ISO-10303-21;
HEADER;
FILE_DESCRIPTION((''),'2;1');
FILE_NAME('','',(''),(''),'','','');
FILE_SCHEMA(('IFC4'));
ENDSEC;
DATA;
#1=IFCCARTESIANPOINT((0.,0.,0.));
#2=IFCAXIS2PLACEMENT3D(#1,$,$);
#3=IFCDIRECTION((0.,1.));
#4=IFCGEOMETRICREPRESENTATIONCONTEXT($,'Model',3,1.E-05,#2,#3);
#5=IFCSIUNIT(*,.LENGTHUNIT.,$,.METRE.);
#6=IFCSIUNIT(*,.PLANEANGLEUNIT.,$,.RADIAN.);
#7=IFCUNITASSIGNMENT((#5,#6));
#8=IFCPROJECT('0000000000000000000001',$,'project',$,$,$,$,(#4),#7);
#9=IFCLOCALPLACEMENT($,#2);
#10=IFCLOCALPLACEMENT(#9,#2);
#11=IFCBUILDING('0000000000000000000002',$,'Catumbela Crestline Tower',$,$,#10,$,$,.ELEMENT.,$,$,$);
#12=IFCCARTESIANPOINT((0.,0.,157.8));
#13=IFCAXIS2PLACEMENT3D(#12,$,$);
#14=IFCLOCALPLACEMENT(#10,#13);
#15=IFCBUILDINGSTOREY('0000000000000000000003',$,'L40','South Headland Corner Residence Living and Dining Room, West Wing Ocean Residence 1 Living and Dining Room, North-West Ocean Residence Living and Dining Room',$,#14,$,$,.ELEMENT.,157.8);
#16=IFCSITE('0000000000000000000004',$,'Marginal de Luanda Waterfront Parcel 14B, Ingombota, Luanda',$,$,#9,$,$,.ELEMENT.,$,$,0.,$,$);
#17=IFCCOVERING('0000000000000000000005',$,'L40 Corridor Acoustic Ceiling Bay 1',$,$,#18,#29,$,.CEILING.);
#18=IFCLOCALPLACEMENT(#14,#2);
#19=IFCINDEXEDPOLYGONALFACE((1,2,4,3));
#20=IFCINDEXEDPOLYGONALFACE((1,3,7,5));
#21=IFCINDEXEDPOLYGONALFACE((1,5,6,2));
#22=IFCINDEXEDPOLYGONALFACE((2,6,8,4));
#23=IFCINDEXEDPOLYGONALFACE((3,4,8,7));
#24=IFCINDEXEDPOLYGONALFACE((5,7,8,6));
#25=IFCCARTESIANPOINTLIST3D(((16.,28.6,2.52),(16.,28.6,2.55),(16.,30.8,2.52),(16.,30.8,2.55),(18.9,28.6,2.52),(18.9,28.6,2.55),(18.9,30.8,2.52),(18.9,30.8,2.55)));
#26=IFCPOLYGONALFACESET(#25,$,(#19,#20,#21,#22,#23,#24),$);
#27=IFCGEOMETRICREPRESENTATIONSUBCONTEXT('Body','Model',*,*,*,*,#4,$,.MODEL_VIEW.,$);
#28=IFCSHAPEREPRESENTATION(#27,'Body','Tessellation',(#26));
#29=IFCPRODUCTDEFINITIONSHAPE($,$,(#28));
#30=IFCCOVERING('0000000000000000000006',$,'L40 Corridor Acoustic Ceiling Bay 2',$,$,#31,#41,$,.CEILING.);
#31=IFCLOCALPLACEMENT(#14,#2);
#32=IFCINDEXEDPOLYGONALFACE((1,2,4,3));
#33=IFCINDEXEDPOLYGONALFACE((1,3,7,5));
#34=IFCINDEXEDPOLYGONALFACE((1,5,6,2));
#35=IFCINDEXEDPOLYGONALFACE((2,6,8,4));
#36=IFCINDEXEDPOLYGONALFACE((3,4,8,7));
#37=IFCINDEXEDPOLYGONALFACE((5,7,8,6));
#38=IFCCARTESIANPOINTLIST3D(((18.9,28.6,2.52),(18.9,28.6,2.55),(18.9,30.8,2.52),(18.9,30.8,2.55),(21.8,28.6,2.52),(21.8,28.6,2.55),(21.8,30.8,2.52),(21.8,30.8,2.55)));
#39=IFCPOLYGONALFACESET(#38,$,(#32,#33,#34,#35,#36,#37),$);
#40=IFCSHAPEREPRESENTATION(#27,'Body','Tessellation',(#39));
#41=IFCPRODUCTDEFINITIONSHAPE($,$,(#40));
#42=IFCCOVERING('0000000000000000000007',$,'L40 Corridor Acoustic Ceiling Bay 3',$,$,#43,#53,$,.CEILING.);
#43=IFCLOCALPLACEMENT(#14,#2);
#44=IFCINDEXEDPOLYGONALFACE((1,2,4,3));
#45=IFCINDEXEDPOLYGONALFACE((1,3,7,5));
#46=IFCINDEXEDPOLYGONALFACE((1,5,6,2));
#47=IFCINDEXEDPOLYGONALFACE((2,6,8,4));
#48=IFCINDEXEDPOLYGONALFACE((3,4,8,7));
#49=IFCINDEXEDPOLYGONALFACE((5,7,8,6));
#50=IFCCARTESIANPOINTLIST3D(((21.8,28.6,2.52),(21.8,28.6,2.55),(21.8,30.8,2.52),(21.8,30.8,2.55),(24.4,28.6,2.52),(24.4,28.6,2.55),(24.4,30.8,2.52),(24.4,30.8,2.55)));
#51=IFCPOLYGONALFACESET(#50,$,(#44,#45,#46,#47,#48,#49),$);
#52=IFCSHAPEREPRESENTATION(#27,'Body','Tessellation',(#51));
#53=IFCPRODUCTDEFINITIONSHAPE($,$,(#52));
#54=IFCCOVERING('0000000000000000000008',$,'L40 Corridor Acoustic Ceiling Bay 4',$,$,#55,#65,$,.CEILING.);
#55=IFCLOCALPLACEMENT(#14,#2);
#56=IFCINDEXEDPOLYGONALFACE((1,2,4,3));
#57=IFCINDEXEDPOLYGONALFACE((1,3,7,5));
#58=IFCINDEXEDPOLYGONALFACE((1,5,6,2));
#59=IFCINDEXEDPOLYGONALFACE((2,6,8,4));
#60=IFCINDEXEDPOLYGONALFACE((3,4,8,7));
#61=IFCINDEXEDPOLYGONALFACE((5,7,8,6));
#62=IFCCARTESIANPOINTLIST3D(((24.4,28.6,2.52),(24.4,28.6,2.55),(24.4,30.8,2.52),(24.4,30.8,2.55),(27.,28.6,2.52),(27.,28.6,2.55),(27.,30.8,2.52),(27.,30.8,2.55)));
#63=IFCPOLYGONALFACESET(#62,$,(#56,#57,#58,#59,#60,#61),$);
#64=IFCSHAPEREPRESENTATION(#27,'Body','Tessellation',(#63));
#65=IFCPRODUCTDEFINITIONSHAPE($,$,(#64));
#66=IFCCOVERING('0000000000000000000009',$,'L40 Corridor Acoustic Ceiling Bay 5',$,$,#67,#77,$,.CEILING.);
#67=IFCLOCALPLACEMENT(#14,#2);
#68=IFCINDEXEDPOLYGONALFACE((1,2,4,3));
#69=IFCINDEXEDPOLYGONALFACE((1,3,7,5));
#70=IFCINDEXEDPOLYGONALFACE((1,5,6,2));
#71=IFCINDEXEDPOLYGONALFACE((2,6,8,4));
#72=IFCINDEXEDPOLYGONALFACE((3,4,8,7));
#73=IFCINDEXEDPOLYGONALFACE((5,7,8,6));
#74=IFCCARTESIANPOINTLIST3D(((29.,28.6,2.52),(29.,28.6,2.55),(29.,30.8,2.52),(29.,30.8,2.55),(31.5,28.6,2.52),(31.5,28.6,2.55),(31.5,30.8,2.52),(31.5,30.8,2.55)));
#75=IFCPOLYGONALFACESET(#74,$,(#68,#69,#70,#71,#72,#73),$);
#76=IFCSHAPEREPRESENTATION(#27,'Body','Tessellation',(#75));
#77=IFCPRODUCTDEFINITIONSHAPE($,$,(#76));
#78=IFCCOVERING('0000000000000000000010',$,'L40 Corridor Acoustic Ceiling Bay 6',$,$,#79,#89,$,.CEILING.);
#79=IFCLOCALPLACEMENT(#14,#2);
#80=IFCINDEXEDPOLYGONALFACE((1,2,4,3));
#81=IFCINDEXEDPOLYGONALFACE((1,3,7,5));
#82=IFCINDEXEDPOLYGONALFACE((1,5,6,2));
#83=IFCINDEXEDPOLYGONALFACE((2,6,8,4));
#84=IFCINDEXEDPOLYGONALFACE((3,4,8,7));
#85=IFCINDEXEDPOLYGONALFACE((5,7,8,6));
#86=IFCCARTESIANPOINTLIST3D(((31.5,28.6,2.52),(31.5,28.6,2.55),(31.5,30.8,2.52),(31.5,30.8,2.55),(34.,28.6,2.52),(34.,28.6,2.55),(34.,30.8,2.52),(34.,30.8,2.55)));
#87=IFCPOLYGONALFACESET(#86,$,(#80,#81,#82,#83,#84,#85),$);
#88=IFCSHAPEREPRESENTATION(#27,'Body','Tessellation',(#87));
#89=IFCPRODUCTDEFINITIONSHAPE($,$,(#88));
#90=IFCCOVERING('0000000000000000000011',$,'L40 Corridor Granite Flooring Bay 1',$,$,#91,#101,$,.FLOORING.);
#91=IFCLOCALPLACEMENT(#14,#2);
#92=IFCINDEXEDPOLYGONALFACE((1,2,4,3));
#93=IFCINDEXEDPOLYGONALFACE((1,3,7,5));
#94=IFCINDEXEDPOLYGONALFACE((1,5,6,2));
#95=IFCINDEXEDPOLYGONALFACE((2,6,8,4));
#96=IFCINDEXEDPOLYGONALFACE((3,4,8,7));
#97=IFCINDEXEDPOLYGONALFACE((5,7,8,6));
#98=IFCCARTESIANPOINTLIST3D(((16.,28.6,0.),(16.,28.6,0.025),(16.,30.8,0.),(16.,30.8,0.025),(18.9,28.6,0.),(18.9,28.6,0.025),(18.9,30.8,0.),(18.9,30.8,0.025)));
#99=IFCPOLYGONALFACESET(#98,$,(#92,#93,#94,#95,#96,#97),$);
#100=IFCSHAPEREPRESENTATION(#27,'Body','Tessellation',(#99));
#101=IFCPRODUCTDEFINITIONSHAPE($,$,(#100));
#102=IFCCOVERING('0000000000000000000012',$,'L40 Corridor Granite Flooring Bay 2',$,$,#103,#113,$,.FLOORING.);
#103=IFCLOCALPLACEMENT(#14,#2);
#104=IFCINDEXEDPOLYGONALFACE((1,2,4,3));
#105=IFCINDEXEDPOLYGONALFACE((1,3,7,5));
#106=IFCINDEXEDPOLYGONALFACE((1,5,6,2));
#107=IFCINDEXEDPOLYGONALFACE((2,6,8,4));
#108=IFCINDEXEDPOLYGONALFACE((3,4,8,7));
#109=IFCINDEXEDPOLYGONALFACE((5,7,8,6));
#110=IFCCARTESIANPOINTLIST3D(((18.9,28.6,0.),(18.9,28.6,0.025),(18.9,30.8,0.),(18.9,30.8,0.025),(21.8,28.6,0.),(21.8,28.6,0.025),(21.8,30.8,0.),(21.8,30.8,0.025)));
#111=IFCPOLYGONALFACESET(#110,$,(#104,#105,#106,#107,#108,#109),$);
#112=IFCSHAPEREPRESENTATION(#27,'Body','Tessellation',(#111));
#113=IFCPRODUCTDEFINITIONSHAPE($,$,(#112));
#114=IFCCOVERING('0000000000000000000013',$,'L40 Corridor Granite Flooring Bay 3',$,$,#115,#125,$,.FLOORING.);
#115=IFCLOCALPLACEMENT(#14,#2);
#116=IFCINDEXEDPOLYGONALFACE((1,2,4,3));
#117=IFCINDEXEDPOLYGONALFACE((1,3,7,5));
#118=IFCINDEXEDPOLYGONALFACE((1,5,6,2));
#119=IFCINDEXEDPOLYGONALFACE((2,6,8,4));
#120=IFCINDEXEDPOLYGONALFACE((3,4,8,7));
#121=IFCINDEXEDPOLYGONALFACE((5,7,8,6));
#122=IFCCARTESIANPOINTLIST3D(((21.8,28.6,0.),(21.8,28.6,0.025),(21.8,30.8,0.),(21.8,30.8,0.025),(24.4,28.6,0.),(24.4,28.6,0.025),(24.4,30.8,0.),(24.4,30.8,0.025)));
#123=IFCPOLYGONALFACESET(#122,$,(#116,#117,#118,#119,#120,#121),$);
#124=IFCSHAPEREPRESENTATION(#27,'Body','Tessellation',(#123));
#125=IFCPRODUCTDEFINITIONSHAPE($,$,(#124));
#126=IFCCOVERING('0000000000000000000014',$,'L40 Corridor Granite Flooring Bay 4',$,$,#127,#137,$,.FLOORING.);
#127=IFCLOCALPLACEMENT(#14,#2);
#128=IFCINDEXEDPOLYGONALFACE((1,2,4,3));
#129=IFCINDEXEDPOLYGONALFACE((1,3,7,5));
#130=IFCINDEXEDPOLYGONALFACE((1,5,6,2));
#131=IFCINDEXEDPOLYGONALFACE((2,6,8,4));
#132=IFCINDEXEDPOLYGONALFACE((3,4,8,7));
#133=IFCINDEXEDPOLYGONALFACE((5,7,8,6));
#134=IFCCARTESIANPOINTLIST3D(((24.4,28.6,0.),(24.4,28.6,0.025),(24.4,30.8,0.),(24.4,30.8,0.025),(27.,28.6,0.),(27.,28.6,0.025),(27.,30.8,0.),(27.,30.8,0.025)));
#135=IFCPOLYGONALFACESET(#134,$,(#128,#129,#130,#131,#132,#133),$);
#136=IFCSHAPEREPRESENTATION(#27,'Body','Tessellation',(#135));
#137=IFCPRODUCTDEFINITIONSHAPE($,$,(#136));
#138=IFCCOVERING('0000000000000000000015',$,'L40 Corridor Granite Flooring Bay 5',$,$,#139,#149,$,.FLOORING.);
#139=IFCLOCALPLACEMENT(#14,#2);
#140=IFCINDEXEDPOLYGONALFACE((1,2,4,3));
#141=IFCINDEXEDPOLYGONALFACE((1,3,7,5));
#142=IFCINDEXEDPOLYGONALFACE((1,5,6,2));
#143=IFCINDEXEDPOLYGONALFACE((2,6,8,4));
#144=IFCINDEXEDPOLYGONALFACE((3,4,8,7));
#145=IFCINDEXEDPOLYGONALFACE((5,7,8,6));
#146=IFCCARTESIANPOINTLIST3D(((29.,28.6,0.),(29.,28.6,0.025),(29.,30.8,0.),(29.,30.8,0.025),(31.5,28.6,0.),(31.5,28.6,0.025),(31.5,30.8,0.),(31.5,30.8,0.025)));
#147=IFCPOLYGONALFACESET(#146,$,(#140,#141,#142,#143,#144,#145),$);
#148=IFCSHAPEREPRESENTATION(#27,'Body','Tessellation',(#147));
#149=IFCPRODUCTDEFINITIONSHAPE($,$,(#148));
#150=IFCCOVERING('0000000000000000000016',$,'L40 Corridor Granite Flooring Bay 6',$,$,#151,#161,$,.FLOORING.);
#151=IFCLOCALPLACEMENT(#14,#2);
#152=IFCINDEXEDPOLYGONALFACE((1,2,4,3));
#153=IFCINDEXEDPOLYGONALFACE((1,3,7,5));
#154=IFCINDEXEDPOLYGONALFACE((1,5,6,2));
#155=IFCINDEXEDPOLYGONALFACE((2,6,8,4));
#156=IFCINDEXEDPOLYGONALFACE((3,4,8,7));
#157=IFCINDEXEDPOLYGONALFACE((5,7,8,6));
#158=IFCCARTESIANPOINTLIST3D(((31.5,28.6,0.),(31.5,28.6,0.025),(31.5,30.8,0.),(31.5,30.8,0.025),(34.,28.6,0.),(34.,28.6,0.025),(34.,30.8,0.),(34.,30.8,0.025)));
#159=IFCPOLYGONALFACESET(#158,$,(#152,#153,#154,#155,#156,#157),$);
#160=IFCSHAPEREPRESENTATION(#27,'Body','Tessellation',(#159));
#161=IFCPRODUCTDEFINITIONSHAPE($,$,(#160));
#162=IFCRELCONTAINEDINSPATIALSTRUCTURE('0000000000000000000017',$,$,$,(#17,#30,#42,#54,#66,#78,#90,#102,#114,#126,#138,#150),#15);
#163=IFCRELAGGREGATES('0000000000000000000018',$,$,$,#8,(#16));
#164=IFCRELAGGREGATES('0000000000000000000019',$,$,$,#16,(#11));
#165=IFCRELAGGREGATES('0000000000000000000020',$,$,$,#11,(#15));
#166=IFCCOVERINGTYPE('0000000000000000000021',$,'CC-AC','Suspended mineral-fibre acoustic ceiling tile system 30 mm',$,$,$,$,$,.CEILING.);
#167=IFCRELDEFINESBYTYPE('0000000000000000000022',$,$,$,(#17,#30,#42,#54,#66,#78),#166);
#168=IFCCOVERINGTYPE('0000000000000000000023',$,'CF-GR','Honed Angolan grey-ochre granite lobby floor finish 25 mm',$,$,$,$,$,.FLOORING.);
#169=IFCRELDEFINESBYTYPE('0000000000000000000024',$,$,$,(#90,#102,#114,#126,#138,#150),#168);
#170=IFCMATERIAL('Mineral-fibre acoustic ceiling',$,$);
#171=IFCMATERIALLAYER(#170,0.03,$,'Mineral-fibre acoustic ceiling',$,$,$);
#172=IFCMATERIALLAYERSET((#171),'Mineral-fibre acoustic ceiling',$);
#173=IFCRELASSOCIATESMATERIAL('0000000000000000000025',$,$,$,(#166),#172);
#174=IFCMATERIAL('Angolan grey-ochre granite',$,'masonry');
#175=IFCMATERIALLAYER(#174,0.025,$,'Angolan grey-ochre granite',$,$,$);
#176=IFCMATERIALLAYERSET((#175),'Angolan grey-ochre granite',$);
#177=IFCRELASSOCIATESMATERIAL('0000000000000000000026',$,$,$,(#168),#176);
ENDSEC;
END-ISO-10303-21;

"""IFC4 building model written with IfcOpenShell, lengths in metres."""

from ifc_helpers import new_model, si_unit, direction, frame, origin, place, context, subcontext, project, spatial, polyline, outline, extrude, material, layer, layer_set, type_object, element, save


model = new_model("IFC4")

# Units and contexts
model_context = context("Model", 3, precision=1e-05, world=origin(), true_north=direction((0.0, 1.0)))
body_context = subcontext(model_context, "Body", "Model", "MODEL_VIEW")
ifc_project = project(units=[si_unit("LENGTHUNIT", "METRE"), si_unit("PLANEANGLEUNIT", "RADIAN")], contexts=[model_context])

# Site, building, storey
site_placement = place(None, origin())
site = spatial("IfcSite", under=ifc_project, at=site_placement, Name="Marginal de Luanda Waterfront Parcel 14B, Ingombota, Luanda", CompositionType="ELEMENT", RefElevation=0.0)
building_placement = place(site_placement, origin())
building = spatial("IfcBuilding", under=site, at=building_placement, Name="Catumbela Crestline Tower", CompositionType="ELEMENT")
storey_placement = place(building_placement, frame((0.0, 0.0, 157.8)))
storey = spatial("IfcBuildingStorey", under=building, at=storey_placement, Name="L40", Description="South Headland Corner Residence Living and Dining Room, West Wing Ocean Residence 1 Living and Dining Room, North-West Ocean Residence Living and Dining Room", CompositionType="ELEMENT", Elevation=157.8)

# Coverings
ifc_material_1 = material(Name="Mineral-fibre acoustic ceiling")
ifc_layer_1 = layer(ifc_material_1, 0.03, Name="Mineral-fibre acoustic ceiling")
ifc_layer_set_1 = layer_set([ifc_layer_1], Name="Mineral-fibre acoustic ceiling")
covering_type_1 = type_object("IfcCoveringType", Name="CC-AC", Description="Suspended mineral-fibre acoustic ceiling tile system 30 mm", PredefinedType="CEILING", material=ifc_layer_set_1)
covering_1_placement = place(storey_placement, frame((0.0, 0.0, 2.52)))
element("IfcCovering", 1, at=covering_1_placement, inside=storey, type_object=covering_type_1, Name="L40 Corridor Acoustic Ceiling Bay 1", PredefinedType="CEILING", context=body_context, shape_type="SweptSolid", body=[
    extrude(outline(polyline([(16.0, 28.6), (18.9, 28.6), (18.9, 30.8), (16.0, 30.8), (16.0, 28.6)])), origin(), (0.0, 0.0, 1.0), 0.03),
])
covering_2_placement = place(storey_placement, frame((0.0, 0.0, 2.52)))
element("IfcCovering", 2, at=covering_2_placement, inside=storey, type_object=covering_type_1, Name="L40 Corridor Acoustic Ceiling Bay 2", PredefinedType="CEILING", context=body_context, shape_type="SweptSolid", body=[
    extrude(outline(polyline([(18.9, 28.6), (21.8, 28.6), (21.8, 30.8), (18.9, 30.8), (18.9, 28.6)])), origin(), (0.0, 0.0, 1.0), 0.03),
])
covering_3_placement = place(storey_placement, frame((0.0, 0.0, 2.52)))
element("IfcCovering", 3, at=covering_3_placement, inside=storey, type_object=covering_type_1, Name="L40 Corridor Acoustic Ceiling Bay 3", PredefinedType="CEILING", context=body_context, shape_type="SweptSolid", body=[
    extrude(outline(polyline([(21.8, 28.6), (24.4, 28.6), (24.4, 30.8), (21.8, 30.8), (21.8, 28.6)])), origin(), (0.0, 0.0, 1.0), 0.03),
])
covering_4_placement = place(storey_placement, frame((0.0, 0.0, 2.52)))
element("IfcCovering", 4, at=covering_4_placement, inside=storey, type_object=covering_type_1, Name="L40 Corridor Acoustic Ceiling Bay 4", PredefinedType="CEILING", context=body_context, shape_type="SweptSolid", body=[
    extrude(outline(polyline([(24.4, 28.6), (27.0, 28.6), (27.0, 30.8), (24.4, 30.8), (24.4, 28.6)])), origin(), (0.0, 0.0, 1.0), 0.03),
])
covering_5_placement = place(storey_placement, frame((0.0, 0.0, 2.52)))
element("IfcCovering", 5, at=covering_5_placement, inside=storey, type_object=covering_type_1, Name="L40 Corridor Acoustic Ceiling Bay 5", PredefinedType="CEILING", context=body_context, shape_type="SweptSolid", body=[
    extrude(outline(polyline([(29.0, 28.6), (31.5, 28.6), (31.5, 30.8), (29.0, 30.8), (29.0, 28.6)])), origin(), (0.0, 0.0, 1.0), 0.03),
])
covering_6_placement = place(storey_placement, frame((0.0, 0.0, 2.52)))
element("IfcCovering", 6, at=covering_6_placement, inside=storey, type_object=covering_type_1, Name="L40 Corridor Acoustic Ceiling Bay 6", PredefinedType="CEILING", context=body_context, shape_type="SweptSolid", body=[
    extrude(outline(polyline([(31.5, 28.6), (34.0, 28.6), (34.0, 30.8), (31.5, 30.8), (31.5, 28.6)])), origin(), (0.0, 0.0, 1.0), 0.03),
])
ifc_material_2 = material(Name="Angolan grey-ochre granite", Category="masonry")
ifc_layer_2 = layer(ifc_material_2, 0.025, Name="Angolan grey-ochre granite")
ifc_layer_set_2 = layer_set([ifc_layer_2], Name="Angolan grey-ochre granite")
covering_type_2 = type_object("IfcCoveringType", Name="CF-GR", Description="Honed Angolan grey-ochre granite lobby floor finish 25 mm", PredefinedType="FLOORING", material=ifc_layer_set_2)
covering_7_placement = place(storey_placement, origin())
element("IfcCovering", 7, at=covering_7_placement, inside=storey, type_object=covering_type_2, Name="L40 Corridor Granite Flooring Bay 1", PredefinedType="FLOORING", context=body_context, shape_type="SweptSolid", body=[
    extrude(outline(polyline([(16.0, 28.6), (18.9, 28.6), (18.9, 30.8), (16.0, 30.8), (16.0, 28.6)])), origin(), (0.0, 0.0, 1.0), 0.025),
])
covering_8_placement = place(storey_placement, origin())
element("IfcCovering", 8, at=covering_8_placement, inside=storey, type_object=covering_type_2, Name="L40 Corridor Granite Flooring Bay 2", PredefinedType="FLOORING", context=body_context, shape_type="SweptSolid", body=[
    extrude(outline(polyline([(18.9, 28.6), (21.8, 28.6), (21.8, 30.8), (18.9, 30.8), (18.9, 28.6)])), origin(), (0.0, 0.0, 1.0), 0.025),
])
covering_9_placement = place(storey_placement, origin())
element("IfcCovering", 9, at=covering_9_placement, inside=storey, type_object=covering_type_2, Name="L40 Corridor Granite Flooring Bay 3", PredefinedType="FLOORING", context=body_context, shape_type="SweptSolid", body=[
    extrude(outline(polyline([(21.8, 28.6), (24.4, 28.6), (24.4, 30.8), (21.8, 30.8), (21.8, 28.6)])), origin(), (0.0, 0.0, 1.0), 0.025),
])
covering_10_placement = place(storey_placement, origin())
element("IfcCovering", 10, at=covering_10_placement, inside=storey, type_object=covering_type_2, Name="L40 Corridor Granite Flooring Bay 4", PredefinedType="FLOORING", context=body_context, shape_type="SweptSolid", body=[
    extrude(outline(polyline([(24.4, 28.6), (27.0, 28.6), (27.0, 30.8), (24.4, 30.8), (24.4, 28.6)])), origin(), (0.0, 0.0, 1.0), 0.025),
])
covering_11_placement = place(storey_placement, origin())
element("IfcCovering", 11, at=covering_11_placement, inside=storey, type_object=covering_type_2, Name="L40 Corridor Granite Flooring Bay 5", PredefinedType="FLOORING", context=body_context, shape_type="SweptSolid", body=[
    extrude(outline(polyline([(29.0, 28.6), (31.5, 28.6), (31.5, 30.8), (29.0, 30.8), (29.0, 28.6)])), origin(), (0.0, 0.0, 1.0), 0.025),
])
covering_12_placement = place(storey_placement, origin())
element("IfcCovering", 12, at=covering_12_placement, inside=storey, type_object=covering_type_2, Name="L40 Corridor Granite Flooring Bay 6", PredefinedType="FLOORING", context=body_context, shape_type="SweptSolid", body=[
    extrude(outline(polyline([(31.5, 28.6), (34.0, 28.6), (34.0, 30.8), (31.5, 30.8), (31.5, 28.6)])), origin(), (0.0, 0.0, 1.0), 0.025),
])

save(model, "model.ifc")
